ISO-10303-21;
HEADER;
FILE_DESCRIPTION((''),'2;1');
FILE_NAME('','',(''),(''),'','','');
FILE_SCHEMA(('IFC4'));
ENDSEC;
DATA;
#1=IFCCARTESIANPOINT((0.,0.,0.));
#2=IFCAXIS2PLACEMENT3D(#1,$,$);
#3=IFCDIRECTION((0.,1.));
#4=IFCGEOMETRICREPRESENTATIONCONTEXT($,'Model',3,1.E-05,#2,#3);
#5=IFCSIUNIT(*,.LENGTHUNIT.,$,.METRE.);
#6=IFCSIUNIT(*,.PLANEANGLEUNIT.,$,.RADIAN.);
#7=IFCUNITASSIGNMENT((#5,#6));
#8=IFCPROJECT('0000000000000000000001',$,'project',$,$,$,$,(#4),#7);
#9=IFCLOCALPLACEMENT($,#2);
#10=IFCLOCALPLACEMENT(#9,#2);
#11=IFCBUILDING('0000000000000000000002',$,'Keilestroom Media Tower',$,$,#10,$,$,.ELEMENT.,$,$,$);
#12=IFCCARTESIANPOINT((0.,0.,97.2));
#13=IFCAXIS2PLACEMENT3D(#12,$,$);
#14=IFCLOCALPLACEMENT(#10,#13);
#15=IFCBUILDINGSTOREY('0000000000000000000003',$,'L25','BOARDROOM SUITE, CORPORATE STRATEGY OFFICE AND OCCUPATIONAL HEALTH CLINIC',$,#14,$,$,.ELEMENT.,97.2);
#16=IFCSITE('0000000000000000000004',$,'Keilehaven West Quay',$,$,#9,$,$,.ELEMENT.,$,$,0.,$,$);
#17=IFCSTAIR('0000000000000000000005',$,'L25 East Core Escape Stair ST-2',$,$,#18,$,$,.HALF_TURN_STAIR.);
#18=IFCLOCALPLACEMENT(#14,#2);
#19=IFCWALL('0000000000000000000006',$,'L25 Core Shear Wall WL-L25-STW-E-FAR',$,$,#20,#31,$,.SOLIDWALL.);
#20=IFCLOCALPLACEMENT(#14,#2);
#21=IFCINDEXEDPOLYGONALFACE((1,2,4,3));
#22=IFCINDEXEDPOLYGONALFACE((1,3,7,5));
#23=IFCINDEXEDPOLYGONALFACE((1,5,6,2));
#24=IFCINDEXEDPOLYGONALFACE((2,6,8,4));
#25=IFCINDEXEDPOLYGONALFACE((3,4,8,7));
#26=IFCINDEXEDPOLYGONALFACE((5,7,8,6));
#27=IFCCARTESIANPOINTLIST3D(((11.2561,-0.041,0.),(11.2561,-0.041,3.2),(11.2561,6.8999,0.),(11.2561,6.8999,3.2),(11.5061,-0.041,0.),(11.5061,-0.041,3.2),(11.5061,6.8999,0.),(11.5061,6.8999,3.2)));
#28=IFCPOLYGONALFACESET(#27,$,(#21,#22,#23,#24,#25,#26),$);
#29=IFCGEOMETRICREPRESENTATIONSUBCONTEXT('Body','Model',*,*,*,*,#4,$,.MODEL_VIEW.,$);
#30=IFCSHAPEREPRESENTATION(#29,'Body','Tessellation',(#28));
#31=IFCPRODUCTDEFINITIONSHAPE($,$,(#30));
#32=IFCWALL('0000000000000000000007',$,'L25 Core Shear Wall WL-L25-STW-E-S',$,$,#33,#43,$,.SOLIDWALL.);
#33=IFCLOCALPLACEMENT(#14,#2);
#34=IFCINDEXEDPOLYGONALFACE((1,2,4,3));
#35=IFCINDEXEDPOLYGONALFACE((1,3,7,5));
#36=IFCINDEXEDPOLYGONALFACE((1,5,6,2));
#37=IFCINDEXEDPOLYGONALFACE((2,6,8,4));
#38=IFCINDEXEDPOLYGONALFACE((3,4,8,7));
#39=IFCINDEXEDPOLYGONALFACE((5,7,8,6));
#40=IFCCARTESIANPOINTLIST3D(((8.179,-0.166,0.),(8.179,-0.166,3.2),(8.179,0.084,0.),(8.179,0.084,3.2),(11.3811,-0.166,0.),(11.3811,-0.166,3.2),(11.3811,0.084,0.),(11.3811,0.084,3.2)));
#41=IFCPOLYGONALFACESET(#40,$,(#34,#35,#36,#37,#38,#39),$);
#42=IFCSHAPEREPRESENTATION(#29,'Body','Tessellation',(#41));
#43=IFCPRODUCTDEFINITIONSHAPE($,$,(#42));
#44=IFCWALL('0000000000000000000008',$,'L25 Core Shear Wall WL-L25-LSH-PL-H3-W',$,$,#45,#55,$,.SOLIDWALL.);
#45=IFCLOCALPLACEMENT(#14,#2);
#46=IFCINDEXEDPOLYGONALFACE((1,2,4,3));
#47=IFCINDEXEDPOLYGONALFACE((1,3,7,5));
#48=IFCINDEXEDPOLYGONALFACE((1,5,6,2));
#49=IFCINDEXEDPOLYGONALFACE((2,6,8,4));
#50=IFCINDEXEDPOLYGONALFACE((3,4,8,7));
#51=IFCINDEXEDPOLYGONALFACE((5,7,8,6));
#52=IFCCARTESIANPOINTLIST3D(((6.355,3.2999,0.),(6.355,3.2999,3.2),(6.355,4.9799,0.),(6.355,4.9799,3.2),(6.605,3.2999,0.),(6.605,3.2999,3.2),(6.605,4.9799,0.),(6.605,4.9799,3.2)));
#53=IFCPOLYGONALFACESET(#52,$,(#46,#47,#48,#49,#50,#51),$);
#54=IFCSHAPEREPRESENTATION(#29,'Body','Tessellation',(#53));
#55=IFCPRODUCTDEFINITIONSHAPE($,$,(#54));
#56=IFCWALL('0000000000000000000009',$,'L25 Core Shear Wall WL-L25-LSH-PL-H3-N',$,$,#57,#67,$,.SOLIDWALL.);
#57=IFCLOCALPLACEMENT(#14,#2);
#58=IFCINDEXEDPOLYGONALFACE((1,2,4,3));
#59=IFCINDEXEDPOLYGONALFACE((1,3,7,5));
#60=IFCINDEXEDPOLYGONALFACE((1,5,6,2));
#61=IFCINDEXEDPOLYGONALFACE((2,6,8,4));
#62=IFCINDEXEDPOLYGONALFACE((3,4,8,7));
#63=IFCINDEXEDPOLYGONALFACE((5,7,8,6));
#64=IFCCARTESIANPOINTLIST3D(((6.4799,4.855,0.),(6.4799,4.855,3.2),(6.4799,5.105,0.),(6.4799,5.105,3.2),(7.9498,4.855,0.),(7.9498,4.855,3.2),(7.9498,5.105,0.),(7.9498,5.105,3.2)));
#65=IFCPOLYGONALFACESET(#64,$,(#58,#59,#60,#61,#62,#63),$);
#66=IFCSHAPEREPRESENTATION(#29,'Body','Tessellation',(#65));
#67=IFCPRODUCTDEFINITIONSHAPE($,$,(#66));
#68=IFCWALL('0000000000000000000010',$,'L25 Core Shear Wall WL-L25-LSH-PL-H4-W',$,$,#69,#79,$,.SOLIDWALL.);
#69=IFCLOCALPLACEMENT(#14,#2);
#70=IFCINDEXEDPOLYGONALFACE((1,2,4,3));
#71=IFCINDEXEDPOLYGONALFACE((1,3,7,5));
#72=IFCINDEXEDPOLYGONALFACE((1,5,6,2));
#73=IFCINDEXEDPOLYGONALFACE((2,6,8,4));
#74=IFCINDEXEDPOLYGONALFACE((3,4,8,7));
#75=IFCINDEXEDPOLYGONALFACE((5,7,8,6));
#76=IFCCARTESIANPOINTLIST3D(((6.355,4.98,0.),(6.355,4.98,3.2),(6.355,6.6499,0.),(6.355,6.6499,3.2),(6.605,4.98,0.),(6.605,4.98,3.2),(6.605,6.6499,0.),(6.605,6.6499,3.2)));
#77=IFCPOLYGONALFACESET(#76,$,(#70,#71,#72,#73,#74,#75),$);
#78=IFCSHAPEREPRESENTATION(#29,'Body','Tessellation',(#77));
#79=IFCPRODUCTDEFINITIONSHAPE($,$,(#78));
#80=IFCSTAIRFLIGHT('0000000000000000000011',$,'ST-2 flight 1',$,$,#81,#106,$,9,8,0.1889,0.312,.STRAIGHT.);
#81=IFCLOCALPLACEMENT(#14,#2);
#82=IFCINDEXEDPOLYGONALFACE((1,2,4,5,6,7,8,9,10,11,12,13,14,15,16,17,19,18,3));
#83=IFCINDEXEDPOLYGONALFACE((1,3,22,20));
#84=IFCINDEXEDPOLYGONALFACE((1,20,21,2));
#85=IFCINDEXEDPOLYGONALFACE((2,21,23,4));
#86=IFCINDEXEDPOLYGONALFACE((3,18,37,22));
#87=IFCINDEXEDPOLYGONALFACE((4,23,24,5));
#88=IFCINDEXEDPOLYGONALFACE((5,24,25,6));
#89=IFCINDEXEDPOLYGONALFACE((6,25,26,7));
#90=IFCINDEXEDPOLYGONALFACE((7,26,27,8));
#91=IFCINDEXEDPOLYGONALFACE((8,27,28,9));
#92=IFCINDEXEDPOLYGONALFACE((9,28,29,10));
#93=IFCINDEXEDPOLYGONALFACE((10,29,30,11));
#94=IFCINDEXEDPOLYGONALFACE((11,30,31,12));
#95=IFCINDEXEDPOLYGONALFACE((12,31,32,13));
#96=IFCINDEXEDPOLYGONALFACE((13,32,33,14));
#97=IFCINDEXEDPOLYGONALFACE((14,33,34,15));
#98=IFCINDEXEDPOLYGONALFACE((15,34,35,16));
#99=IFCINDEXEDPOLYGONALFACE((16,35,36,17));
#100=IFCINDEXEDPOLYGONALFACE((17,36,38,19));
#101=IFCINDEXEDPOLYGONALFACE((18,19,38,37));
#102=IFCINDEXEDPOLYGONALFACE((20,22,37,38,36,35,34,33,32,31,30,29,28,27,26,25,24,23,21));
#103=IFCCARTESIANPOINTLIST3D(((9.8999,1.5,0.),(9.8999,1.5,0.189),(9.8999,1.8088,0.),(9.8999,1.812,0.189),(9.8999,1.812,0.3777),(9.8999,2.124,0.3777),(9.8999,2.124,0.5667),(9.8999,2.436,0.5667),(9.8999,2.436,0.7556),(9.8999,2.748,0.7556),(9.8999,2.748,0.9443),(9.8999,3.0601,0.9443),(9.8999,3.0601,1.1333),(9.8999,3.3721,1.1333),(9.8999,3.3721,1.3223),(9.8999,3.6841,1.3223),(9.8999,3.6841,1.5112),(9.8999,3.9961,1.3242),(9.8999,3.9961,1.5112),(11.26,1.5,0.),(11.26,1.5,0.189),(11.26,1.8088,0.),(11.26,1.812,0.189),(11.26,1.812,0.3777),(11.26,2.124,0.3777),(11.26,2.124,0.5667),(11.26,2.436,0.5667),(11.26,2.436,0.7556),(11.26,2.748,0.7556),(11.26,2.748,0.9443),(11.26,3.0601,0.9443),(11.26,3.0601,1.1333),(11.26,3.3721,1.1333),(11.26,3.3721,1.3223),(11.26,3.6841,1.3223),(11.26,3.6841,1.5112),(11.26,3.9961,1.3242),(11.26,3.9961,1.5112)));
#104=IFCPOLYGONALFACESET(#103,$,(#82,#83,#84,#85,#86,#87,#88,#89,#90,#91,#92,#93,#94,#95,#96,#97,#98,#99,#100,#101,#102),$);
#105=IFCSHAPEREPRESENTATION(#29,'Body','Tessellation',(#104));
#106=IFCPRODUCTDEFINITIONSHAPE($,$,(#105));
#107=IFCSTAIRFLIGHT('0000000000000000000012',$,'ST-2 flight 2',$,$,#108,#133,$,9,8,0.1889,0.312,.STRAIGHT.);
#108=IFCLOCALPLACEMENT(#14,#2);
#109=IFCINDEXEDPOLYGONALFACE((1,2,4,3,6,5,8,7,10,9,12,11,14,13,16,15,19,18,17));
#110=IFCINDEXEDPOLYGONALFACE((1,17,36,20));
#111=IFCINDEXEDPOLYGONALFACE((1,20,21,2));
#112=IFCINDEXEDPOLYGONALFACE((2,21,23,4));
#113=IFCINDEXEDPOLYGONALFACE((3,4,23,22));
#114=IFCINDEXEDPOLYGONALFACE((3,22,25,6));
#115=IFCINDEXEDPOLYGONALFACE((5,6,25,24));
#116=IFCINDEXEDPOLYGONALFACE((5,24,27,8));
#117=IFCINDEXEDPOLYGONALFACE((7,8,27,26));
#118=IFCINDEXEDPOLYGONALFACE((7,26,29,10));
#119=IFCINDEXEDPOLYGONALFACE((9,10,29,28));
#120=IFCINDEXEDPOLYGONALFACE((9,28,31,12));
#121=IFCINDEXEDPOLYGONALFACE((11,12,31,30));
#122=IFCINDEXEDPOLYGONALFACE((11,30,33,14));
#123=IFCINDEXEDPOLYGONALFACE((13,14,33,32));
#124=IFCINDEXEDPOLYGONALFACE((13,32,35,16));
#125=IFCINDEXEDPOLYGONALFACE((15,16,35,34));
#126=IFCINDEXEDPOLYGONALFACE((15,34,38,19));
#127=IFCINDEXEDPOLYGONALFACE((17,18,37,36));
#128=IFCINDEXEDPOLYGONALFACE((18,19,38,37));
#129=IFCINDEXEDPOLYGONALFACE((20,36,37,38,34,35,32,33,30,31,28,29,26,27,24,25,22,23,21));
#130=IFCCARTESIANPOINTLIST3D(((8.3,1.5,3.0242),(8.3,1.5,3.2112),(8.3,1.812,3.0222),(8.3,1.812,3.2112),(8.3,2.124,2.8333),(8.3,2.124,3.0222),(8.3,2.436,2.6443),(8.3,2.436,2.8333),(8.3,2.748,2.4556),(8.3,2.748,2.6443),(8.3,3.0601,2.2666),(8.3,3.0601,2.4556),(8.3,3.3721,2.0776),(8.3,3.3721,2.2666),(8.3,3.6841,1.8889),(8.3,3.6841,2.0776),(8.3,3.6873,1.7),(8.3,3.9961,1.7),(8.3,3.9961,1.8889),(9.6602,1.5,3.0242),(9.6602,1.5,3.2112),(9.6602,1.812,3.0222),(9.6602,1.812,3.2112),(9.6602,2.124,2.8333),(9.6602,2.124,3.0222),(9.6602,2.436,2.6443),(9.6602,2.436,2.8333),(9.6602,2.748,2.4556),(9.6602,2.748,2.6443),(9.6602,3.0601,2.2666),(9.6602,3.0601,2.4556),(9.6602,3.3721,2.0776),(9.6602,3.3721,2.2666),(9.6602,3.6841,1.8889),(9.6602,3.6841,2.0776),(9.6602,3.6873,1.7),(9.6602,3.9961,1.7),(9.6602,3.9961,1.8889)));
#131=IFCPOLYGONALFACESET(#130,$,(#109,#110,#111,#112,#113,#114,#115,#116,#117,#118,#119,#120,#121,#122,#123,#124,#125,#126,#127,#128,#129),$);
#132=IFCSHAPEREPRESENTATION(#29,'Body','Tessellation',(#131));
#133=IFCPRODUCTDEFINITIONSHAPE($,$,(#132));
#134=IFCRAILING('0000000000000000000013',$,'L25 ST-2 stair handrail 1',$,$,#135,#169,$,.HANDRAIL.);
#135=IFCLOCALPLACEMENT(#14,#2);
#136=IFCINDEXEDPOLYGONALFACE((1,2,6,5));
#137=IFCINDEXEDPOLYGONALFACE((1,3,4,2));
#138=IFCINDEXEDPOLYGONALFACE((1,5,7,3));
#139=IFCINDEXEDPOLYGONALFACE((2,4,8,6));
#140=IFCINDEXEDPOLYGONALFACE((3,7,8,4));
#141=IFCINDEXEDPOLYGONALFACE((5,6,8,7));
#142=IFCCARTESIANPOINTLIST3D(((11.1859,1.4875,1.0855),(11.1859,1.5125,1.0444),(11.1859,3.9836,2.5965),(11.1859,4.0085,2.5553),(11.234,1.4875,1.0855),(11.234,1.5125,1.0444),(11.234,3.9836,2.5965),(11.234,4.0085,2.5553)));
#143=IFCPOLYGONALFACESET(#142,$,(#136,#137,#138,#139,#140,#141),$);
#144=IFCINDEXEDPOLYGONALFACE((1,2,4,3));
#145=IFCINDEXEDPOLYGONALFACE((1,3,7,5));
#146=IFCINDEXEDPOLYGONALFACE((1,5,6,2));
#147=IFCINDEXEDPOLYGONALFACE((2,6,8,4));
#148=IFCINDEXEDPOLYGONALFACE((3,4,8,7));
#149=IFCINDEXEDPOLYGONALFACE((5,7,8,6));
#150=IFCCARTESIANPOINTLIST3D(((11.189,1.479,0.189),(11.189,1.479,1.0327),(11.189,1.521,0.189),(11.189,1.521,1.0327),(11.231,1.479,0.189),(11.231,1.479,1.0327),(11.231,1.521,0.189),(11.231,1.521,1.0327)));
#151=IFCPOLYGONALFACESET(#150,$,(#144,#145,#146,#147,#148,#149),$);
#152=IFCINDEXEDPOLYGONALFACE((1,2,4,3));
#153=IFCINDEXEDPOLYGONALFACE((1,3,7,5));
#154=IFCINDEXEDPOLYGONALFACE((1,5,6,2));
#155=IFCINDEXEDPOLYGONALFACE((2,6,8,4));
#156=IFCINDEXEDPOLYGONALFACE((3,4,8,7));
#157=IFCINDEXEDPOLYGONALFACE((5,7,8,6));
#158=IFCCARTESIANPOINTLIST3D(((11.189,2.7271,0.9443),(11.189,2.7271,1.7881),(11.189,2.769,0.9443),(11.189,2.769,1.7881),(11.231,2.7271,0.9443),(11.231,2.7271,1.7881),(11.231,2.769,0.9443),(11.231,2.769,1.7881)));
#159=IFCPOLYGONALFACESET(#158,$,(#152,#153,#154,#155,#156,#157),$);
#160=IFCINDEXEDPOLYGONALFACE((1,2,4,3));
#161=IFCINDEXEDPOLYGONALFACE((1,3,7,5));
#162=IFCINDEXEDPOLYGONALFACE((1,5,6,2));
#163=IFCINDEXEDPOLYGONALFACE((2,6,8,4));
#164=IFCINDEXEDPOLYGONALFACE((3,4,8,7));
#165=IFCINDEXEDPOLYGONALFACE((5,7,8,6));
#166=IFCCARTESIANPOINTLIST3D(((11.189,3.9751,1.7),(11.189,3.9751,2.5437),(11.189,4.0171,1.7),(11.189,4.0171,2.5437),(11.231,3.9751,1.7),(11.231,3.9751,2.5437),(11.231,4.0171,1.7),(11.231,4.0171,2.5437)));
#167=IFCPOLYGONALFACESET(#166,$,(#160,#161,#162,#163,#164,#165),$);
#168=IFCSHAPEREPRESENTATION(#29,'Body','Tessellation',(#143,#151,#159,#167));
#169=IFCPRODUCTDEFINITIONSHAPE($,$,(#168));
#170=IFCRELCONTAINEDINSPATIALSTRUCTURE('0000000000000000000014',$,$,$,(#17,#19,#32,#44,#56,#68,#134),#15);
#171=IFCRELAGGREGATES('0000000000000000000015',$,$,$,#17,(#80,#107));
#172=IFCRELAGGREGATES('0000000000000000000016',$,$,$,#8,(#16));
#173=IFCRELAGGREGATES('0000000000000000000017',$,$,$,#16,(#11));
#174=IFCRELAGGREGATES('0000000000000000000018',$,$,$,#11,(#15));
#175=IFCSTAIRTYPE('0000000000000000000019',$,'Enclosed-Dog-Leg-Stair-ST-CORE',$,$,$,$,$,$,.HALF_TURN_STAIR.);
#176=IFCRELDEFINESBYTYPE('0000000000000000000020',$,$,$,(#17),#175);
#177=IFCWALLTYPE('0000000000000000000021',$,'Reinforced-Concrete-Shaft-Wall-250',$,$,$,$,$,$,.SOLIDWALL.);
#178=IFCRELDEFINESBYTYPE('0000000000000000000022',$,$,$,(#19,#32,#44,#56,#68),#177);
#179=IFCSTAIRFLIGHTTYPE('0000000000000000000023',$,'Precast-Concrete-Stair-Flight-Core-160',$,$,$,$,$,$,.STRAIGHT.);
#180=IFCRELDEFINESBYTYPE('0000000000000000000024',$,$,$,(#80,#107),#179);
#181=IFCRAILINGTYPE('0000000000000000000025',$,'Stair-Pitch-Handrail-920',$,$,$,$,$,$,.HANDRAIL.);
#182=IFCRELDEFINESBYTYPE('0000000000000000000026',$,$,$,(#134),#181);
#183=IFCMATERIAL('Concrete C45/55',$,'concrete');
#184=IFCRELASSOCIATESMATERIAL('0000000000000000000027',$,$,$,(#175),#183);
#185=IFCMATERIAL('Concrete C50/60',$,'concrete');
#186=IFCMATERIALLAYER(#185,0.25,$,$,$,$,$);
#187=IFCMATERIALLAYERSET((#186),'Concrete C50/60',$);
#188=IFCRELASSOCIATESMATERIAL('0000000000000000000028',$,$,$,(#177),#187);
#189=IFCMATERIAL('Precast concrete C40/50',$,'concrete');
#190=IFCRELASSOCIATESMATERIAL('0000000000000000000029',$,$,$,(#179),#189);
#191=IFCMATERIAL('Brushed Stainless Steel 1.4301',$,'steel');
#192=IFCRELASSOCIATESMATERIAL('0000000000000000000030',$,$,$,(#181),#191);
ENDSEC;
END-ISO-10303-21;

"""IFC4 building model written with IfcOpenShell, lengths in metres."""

from ifc_helpers import new_model, si_unit, direction, frame, frame_2d, origin, origin_2d, place, context, subcontext, project, spatial, polyline, rectangle, outline, extrude, material, layer, layer_set, type_object, element, aggregate, save


model = new_model("IFC4")

# Units and contexts
model_context = context("Model", 3, precision=1e-05, world=origin(), true_north=direction((0.0, 1.0)))
body_context = subcontext(model_context, "Body", "Model", "MODEL_VIEW")
ifc_project = project(units=[si_unit("LENGTHUNIT", "METRE"), si_unit("PLANEANGLEUNIT", "RADIAN")], contexts=[model_context])

# Site, building, storey
site_placement = place(None, origin())
site = spatial("IfcSite", under=ifc_project, at=site_placement, Name="Keilehaven West Quay", CompositionType="ELEMENT", RefElevation=0.0)
building_placement = place(site_placement, origin())
building = spatial("IfcBuilding", under=site, at=building_placement, Name="Keilestroom Media Tower", CompositionType="ELEMENT")
storey_placement = place(building_placement, frame((0.0, 0.0, 97.2)))
storey = spatial("IfcBuildingStorey", under=building, at=storey_placement, Name="L25", Description="BOARDROOM SUITE, CORPORATE STRATEGY OFFICE AND OCCUPATIONAL HEALTH CLINIC", CompositionType="ELEMENT", Elevation=97.2)

# Stair
ifc_material_1 = material(Name="Concrete C45/55", Category="concrete")
stair_type = type_object("IfcStairType", Name="Enclosed-Dog-Leg-Stair-ST-CORE", PredefinedType="HALF_TURN_STAIR", material=ifc_material_1)
stair_placement = place(storey_placement, origin())
stair = element("IfcStair", 1, at=stair_placement, inside=storey, type_object=stair_type, Name="L25 East Core Escape Stair ST-2", PredefinedType="HALF_TURN_STAIR")

# Shared definitions
ifc_material_2 = material(Name="Concrete C50/60", Category="concrete")
ifc_layer_1 = layer(ifc_material_2, 0.25)
ifc_layer_set_1 = layer_set([ifc_layer_1], Name="Concrete C50/60")
wall_type_1 = type_object("IfcWallType", Name="Reinforced-Concrete-Shaft-Wall-250", PredefinedType="SOLIDWALL", material=ifc_layer_set_1)

# Walls
wall_1_placement = place(storey_placement, frame((11.3811, -0.041, 0.0), z_axis=(0.0, 0.0, 1.0), x_axis=(0.0, 1.0, 0.0)))
element("IfcWall", 2, at=wall_1_placement, inside=storey, type_object=wall_type_1, Name="L25 Core Shear Wall WL-L25-STW-E-FAR", PredefinedType="SOLIDWALL", context=body_context, shape_type="SweptSolid", body=[
    extrude(rectangle(XDim=6.9409, YDim=0.25, at=frame_2d((3.4705, 0.0))), origin(), (0.0, 0.0, 1.0), 3.2),
])
wall_2_placement = place(storey_placement, frame((8.179, -0.041, 0.0), z_axis=(0.0, 0.0, 1.0), x_axis=(1.0, 0.0, 0.0)))
element("IfcWall", 3, at=wall_2_placement, inside=storey, type_object=wall_type_1, Name="L25 Core Shear Wall WL-L25-STW-E-S", PredefinedType="SOLIDWALL", context=body_context, shape_type="SweptSolid", body=[
    extrude(rectangle(XDim=3.2021, YDim=0.25, at=frame_2d((1.6011, 0.0))), origin(), (0.0, 0.0, 1.0), 3.2),
])
wall_3_placement = place(storey_placement, frame((6.48, 3.3, 0.0), z_axis=(0.0, 0.0, 1.0), x_axis=(0.0, 1.0, 0.0)))
element("IfcWall", 4, at=wall_3_placement, inside=storey, type_object=wall_type_1, Name="L25 Core Shear Wall WL-L25-LSH-PL-H3-W", PredefinedType="SOLIDWALL", context=body_context, shape_type="SweptSolid", body=[
    extrude(rectangle(XDim=1.6799, YDim=0.25, at=frame_2d((0.8398, 0.0))), origin(), (0.0, 0.0, 1.0), 3.2),
])
wall_4_placement = place(storey_placement, frame((6.48, 4.98, 0.0), z_axis=(0.0, 0.0, 1.0), x_axis=(1.0, 0.0, 0.0)))
element("IfcWall", 5, at=wall_4_placement, inside=storey, type_object=wall_type_1, Name="L25 Core Shear Wall WL-L25-LSH-PL-H3-N", PredefinedType="SOLIDWALL", context=body_context, shape_type="SweptSolid", body=[
    extrude(rectangle(XDim=1.47, YDim=0.25, at=frame_2d((0.7349, 0.0))), origin(), (0.0, 0.0, 1.0), 3.2),
])
wall_5_placement = place(storey_placement, frame((6.48, 4.98, 0.0), z_axis=(0.0, 0.0, 1.0), x_axis=(0.0, 1.0, 0.0)))
element("IfcWall", 6, at=wall_5_placement, inside=storey, type_object=wall_type_1, Name="L25 Core Shear Wall WL-L25-LSH-PL-H4-W", PredefinedType="SOLIDWALL", context=body_context, shape_type="SweptSolid", body=[
    extrude(rectangle(XDim=1.6699, YDim=0.25, at=frame_2d((0.835, 0.0))), origin(), (0.0, 0.0, 1.0), 3.2),
])

# Stair flights
ifc_material_3 = material(Name="Precast concrete C40/50", Category="concrete")
stair_flight_type = type_object("IfcStairFlightType", Name="Precast-Concrete-Stair-Flight-Core-160", PredefinedType="STRAIGHT", material=ifc_material_3)
stair_flight_1_placement = place(storey_placement, frame((10.5801, 1.5, 0.0), z_axis=(0.0, 0.0, 1.0), x_axis=(0.0, 1.0, 0.0)))
stair_flight_1 = element("IfcStairFlight", 7, at=stair_flight_1_placement, type_object=stair_flight_type, Name="ST-2 flight 1", NumberOfRisers=9, NumberOfTreads=8, PredefinedType="STRAIGHT", RiserHeight=0.1889, TreadLength=0.312, context=body_context, shape_type="SweptSolid", body=[
    extrude(outline(polyline([(0.0, 0.0), (0.0, 0.189), (0.312, 0.189), (0.312, 0.3777), (0.624, 0.3777), (0.624, 0.5667), (0.936, 0.5667), (0.936, 0.7556), (1.248, 0.7556), (1.248, 0.9443), (1.5601, 0.9443), (1.5601, 1.1333), (1.8721, 1.1333), (1.8721, 1.3223), (2.1841, 1.3223), (2.1841, 1.5112), (2.4961, 1.5112), (2.4961, 1.7), (2.4961, 1.3242), (0.3088, 0.0), (0.0, 0.0)])), frame((0.0, 0.6802, 0.0), z_axis=(0.0, -1.0, 0.0), x_axis=(1.0, 0.0, 0.0)), (0.0, 0.0, 1.0), 1.3601),
])
stair_flight_2_placement = place(storey_placement, frame((8.98, 3.9961, 1.7), z_axis=(0.0, 0.0, 1.0), x_axis=(0.0, -1.0, 0.0)))
stair_flight_2 = element("IfcStairFlight", 8, at=stair_flight_2_placement, type_object=stair_flight_type, Name="ST-2 flight 2", NumberOfRisers=9, NumberOfTreads=8, PredefinedType="STRAIGHT", RiserHeight=0.1889, TreadLength=0.312, context=body_context, shape_type="SweptSolid", body=[
    extrude(outline(polyline([(0.0, 0.0), (0.0, 0.189), (0.312, 0.189), (0.312, 0.3777), (0.624, 0.3777), (0.624, 0.5667), (0.936, 0.5667), (0.936, 0.7556), (1.248, 0.7556), (1.248, 0.9443), (1.5601, 0.9443), (1.5601, 1.1333), (1.8721, 1.1333), (1.8721, 1.3223), (2.1841, 1.3223), (2.1841, 1.5112), (2.4961, 1.5112), (2.4961, 1.7), (2.4961, 1.3242), (0.3088, 0.0), (0.0, 0.0)])), frame((0.0, 0.6802, 0.0), z_axis=(0.0, -1.0, 0.0), x_axis=(1.0, 0.0, 0.0)), (0.0, 0.0, 1.0), 1.3601),
])
aggregate(stair, [stair_flight_1, stair_flight_2])

# Railing
ifc_material_4 = material(Name="Brushed Stainless Steel 1.4301", Category="steel")
railing_type_1 = type_object("IfcRailingType", Name="Stair-Pitch-Handrail-920", PredefinedType="HANDRAIL", material=ifc_material_4)
railing_1_placement = place(storey_placement, frame((11.21, 1.5, 0.189)))
element("IfcRailing", 9, at=railing_1_placement, inside=storey, type_object=railing_type_1, Name="L25 ST-2 stair handrail 1", PredefinedType="HANDRAIL", context=body_context, shape_type="SweptSolid", body=[
    extrude(rectangle(XDim=0.0481, YDim=0.0481, at=origin_2d()), frame((0.0, 0.0, 0.876), z_axis=(0.0, 0.855471, 0.517851), x_axis=(-1.0, 0.0, 0.0)), (0.0, 0.0, 1.0), 2.9177),
    extrude(rectangle(XDim=0.042, YDim=0.042, at=origin_2d()), origin(), (0.0, 0.0, 1.0), 0.8438),
    extrude(rectangle(XDim=0.042, YDim=0.042, at=origin_2d()), frame((0.0, 1.248, 0.7554)), (0.0, 0.0, 1.0), 0.8438),
    extrude(rectangle(XDim=0.042, YDim=0.042, at=origin_2d()), frame((0.0, 2.4961, 1.511)), (0.0, 0.0, 1.0), 0.8438),
])

save(model, "model.ifc")
